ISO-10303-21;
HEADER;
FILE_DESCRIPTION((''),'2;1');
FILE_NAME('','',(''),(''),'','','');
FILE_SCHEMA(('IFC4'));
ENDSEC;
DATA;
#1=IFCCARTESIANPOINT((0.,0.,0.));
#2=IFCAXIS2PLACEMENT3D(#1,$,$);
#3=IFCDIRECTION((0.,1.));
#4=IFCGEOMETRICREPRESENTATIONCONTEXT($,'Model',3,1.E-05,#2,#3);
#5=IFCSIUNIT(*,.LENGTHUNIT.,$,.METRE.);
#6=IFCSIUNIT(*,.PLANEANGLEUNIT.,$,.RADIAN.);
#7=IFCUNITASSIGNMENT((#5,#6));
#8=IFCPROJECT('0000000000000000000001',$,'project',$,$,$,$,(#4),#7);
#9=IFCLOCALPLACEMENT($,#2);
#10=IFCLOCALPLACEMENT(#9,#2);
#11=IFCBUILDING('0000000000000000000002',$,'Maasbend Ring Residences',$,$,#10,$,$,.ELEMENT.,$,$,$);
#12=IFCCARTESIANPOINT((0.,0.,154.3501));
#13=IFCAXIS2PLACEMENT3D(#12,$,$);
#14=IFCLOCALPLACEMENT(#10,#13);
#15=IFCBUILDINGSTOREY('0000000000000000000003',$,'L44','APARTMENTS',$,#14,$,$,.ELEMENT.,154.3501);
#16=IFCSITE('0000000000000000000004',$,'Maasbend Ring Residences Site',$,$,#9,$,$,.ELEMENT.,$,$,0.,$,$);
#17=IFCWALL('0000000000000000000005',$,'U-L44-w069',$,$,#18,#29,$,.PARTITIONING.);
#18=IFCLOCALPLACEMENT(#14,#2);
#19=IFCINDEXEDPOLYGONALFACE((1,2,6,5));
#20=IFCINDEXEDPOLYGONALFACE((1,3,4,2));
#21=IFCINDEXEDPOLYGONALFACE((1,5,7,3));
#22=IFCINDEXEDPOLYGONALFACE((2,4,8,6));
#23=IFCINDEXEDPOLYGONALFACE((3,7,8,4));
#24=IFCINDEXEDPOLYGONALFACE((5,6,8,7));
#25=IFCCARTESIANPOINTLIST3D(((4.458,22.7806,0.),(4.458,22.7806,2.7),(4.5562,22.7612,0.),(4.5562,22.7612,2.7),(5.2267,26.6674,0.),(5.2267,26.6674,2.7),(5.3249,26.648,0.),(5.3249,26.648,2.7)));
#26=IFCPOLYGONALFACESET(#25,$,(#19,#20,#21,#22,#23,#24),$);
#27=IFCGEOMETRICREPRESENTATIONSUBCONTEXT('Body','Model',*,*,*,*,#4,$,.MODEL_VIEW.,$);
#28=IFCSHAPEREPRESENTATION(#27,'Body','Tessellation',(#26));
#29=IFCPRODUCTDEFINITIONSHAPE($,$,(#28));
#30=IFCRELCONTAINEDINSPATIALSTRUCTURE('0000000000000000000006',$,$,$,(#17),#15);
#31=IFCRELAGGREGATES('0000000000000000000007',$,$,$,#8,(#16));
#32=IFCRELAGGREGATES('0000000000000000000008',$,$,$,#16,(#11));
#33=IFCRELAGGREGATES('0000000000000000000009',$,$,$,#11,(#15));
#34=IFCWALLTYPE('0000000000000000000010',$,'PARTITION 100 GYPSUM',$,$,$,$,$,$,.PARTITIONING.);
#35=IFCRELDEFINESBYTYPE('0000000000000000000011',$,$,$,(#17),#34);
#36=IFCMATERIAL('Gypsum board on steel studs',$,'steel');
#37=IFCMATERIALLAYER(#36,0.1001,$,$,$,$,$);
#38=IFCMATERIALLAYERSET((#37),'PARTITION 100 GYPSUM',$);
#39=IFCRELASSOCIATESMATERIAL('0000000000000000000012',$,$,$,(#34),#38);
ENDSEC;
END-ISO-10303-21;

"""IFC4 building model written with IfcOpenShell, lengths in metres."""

from ifc_helpers import new_model, si_unit, direction, frame, frame_2d, origin, place, context, subcontext, project, spatial, rectangle, extrude, material, layer, layer_set, type_object, element, save


model = new_model("IFC4")

# Units and contexts
model_context = context("Model", 3, precision=1e-05, world=origin(), true_north=direction((0.0, 1.0)))
body_context = subcontext(model_context, "Body", "Model", "MODEL_VIEW")
ifc_project = project(units=[si_unit("LENGTHUNIT", "METRE"), si_unit("PLANEANGLEUNIT", "RADIAN")], contexts=[model_context])

# Site, building, storey
site_placement = place(None, origin())
site = spatial("IfcSite", under=ifc_project, at=site_placement, Name="Maasbend Ring Residences Site", CompositionType="ELEMENT", RefElevation=0.0)
building_placement = place(site_placement, origin())
building = spatial("IfcBuilding", under=site, at=building_placement, Name="Maasbend Ring Residences", CompositionType="ELEMENT")
storey_placement = place(building_placement, frame((0.0, 0.0, 154.3501)))
storey = spatial("IfcBuildingStorey", under=building, at=storey_placement, Name="L44", Description="APARTMENTS", CompositionType="ELEMENT", Elevation=154.3501)

# Wall
ifc_material_1 = material(Name="Gypsum board on steel studs", Category="steel")
ifc_layer_1 = layer(ifc_material_1, 0.1001)
ifc_layer_set_1 = layer_set([ifc_layer_1], Name="PARTITION 100 GYPSUM")
wall_type_1 = type_object("IfcWallType", Name="PARTITION 100 GYPSUM", PredefinedType="PARTITIONING", material=ifc_layer_set_1)
wall_1_placement = place(storey_placement, frame((4.5071, 22.771, 0.0), z_axis=(0.0, 0.0, 1.0), x_axis=(0.19403, 0.980996, 0.0)))
element("IfcWall", 1, at=wall_1_placement, inside=storey, type_object=wall_type_1, Name="U-L44-w069", PredefinedType="PARTITIONING", context=body_context, shape_type="SweptSolid", body=[
    extrude(rectangle(XDim=3.9622, YDim=0.1001, at=frame_2d((1.981, 0.0))), origin(), (0.0, 0.0, 1.0), 2.7),
])

save(model, "model.ifc")
